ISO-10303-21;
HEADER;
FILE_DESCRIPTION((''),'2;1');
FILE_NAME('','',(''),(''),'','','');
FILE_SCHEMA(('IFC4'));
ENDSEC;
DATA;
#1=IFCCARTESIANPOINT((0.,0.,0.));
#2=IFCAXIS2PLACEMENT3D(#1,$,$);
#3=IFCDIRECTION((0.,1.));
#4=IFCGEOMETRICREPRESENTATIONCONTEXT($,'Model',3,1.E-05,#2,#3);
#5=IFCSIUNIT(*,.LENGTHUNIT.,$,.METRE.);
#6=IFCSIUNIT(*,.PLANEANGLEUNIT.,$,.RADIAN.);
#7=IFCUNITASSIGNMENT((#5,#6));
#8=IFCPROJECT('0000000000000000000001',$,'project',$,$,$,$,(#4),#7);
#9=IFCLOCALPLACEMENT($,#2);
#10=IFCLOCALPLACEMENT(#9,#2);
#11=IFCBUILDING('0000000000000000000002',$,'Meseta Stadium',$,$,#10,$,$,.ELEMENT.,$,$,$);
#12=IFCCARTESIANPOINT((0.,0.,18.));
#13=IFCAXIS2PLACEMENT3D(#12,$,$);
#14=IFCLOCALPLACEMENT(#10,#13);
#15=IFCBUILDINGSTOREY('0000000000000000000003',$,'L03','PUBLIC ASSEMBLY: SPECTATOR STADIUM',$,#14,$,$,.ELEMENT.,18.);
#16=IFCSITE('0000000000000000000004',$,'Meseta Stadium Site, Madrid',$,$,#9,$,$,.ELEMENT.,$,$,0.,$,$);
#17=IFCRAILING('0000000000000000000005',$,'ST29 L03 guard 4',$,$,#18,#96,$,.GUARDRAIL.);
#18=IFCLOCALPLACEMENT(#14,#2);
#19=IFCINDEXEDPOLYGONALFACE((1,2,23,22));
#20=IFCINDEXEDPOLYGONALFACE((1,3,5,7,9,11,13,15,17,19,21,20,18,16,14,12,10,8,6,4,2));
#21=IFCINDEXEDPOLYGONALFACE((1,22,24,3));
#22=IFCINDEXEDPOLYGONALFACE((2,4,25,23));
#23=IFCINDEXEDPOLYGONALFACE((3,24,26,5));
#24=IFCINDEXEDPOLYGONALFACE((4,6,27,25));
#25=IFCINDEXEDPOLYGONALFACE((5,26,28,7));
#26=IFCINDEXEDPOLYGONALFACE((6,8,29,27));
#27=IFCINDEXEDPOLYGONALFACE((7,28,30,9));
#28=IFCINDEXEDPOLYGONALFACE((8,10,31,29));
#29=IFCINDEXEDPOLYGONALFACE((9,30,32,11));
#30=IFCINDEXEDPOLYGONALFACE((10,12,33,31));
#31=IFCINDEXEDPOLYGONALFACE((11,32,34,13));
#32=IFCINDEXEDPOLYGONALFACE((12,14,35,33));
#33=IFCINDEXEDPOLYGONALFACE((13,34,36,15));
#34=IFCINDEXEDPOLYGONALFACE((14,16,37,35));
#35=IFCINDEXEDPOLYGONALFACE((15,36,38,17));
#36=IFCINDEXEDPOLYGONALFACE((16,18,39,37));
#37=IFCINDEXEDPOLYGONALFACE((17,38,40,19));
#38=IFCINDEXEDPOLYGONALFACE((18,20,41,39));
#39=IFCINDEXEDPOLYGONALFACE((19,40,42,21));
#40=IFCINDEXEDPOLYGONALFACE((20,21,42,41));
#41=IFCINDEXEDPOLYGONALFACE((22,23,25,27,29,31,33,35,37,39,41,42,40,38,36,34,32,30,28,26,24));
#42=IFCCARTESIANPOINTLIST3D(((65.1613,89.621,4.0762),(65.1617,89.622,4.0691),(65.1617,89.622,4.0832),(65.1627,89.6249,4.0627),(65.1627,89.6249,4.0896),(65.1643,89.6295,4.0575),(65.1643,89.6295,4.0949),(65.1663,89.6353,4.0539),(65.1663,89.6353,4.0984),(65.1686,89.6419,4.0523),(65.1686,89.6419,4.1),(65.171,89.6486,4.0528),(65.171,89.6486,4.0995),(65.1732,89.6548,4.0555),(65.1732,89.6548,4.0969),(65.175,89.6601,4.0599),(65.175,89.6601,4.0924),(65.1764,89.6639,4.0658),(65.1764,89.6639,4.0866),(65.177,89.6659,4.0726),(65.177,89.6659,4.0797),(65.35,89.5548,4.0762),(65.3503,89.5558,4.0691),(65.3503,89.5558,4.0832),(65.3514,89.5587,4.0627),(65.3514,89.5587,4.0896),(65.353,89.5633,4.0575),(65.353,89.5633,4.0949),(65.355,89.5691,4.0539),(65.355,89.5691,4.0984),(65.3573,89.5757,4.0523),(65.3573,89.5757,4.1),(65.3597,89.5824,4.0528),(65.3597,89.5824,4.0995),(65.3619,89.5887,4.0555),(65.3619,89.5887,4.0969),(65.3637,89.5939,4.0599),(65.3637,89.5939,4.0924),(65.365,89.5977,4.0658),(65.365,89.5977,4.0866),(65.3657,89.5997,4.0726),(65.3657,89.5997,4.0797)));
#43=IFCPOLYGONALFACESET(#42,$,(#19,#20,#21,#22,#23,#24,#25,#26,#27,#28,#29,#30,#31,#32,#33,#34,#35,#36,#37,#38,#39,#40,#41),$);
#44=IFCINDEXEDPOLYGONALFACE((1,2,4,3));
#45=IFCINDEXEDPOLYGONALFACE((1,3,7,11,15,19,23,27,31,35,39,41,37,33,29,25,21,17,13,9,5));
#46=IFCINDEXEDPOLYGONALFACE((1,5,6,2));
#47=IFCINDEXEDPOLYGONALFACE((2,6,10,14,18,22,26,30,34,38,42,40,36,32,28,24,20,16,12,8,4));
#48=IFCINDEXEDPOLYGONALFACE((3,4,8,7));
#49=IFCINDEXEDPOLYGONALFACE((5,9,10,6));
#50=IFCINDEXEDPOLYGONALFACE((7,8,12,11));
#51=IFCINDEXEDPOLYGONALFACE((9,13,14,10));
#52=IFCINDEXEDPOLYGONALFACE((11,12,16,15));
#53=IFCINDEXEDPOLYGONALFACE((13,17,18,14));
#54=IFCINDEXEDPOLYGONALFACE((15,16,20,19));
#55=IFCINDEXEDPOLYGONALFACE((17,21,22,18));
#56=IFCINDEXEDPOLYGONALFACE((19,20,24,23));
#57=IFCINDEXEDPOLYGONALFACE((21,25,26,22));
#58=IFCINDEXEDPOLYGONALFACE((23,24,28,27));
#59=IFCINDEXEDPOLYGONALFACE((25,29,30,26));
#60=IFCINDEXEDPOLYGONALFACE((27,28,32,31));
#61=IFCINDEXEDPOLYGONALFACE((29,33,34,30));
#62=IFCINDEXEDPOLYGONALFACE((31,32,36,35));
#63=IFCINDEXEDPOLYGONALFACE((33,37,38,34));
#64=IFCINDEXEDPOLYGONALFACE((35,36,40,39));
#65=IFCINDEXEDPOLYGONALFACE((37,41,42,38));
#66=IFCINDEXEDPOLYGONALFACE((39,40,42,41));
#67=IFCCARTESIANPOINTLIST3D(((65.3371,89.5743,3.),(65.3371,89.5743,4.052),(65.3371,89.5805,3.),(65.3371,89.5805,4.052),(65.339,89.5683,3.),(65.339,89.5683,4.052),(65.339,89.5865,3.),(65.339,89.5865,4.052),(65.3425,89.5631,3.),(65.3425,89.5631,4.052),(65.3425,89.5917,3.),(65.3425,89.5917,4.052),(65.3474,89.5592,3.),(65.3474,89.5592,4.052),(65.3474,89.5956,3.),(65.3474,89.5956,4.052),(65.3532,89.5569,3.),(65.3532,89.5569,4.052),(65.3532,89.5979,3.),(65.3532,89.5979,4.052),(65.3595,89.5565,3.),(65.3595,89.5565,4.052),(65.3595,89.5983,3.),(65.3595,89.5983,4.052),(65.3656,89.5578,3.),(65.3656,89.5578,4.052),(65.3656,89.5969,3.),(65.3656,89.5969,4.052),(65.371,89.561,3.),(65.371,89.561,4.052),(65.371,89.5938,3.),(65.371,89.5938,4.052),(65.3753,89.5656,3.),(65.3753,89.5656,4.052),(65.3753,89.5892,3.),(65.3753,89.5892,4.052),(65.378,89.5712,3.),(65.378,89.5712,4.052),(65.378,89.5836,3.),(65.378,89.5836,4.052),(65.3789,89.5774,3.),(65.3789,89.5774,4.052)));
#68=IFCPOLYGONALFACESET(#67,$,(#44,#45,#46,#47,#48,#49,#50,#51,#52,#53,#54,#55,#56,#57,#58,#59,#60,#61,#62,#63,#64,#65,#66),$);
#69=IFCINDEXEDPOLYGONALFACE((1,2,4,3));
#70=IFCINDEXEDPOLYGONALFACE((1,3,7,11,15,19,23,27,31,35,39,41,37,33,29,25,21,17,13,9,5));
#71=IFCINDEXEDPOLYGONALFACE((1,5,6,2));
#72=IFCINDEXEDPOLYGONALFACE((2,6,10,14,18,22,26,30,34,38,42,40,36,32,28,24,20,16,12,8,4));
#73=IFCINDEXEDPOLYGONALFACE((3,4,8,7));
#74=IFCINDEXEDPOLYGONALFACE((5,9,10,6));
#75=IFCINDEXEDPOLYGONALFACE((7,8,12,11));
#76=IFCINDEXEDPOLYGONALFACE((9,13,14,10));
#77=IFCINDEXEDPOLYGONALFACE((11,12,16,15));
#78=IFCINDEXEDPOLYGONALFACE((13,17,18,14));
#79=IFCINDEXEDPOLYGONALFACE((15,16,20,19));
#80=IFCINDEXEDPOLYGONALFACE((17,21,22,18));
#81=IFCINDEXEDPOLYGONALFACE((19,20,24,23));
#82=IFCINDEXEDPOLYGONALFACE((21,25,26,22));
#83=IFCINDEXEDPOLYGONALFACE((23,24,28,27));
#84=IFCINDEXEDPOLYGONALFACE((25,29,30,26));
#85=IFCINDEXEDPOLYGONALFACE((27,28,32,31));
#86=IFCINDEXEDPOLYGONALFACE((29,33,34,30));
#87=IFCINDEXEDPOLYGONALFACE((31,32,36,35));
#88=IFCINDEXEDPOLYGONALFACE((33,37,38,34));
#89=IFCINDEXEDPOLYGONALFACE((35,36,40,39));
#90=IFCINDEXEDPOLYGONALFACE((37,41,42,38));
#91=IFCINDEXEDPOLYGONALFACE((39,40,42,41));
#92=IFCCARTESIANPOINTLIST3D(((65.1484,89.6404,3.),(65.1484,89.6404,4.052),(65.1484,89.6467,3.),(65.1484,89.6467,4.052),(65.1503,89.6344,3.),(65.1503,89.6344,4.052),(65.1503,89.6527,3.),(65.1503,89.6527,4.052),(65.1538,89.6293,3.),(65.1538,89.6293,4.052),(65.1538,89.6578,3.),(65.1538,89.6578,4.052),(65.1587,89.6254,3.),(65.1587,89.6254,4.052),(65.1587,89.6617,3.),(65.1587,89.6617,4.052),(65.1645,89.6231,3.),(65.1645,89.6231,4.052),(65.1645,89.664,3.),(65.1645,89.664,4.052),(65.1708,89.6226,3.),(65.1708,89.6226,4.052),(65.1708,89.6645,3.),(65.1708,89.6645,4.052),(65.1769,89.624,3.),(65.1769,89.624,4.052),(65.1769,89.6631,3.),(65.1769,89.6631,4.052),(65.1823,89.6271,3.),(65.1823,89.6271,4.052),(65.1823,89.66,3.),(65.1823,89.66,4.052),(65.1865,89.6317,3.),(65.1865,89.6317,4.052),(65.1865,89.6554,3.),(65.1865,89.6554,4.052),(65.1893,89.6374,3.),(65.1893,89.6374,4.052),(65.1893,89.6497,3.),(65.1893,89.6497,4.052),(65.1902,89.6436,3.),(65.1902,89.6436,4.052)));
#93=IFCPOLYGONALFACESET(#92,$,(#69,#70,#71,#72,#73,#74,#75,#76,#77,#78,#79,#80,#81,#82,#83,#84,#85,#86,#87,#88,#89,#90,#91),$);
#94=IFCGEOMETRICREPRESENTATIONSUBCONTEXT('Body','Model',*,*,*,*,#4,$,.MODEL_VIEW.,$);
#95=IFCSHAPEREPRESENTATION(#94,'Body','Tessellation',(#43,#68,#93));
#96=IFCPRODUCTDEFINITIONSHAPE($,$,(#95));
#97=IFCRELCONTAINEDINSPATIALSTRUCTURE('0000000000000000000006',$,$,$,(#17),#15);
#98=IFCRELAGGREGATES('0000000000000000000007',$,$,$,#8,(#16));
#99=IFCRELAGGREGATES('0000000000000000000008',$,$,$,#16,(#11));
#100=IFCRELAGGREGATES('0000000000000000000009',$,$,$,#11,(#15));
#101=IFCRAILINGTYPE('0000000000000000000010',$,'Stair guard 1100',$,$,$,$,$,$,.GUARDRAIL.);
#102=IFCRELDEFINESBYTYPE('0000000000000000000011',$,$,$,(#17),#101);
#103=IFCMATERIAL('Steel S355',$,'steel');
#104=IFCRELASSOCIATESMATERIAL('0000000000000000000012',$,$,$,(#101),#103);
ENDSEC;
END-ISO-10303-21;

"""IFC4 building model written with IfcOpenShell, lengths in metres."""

from ifc_helpers import new_model, si_unit, direction, frame, origin, origin_2d, place, context, subcontext, project, spatial, circle, extrude, material, type_object, element, save


model = new_model("IFC4")

# Units and contexts
model_context = context("Model", 3, precision=1e-05, world=origin(), true_north=direction((0.0, 1.0)))
body_context = subcontext(model_context, "Body", "Model", "MODEL_VIEW")
ifc_project = project(units=[si_unit("LENGTHUNIT", "METRE"), si_unit("PLANEANGLEUNIT", "RADIAN")], contexts=[model_context])

# Site, building, storey
site_placement = place(None, origin())
site = spatial("IfcSite", under=ifc_project, at=site_placement, Name="Meseta Stadium Site, Madrid", CompositionType="ELEMENT", RefElevation=0.0)
building_placement = place(site_placement, origin())
building = spatial("IfcBuilding", under=site, at=building_placement, Name="Meseta Stadium", CompositionType="ELEMENT")
storey_placement = place(building_placement, frame((0.0, 0.0, 18.0)))
storey = spatial("IfcBuildingStorey", under=building, at=storey_placement, Name="L03", Description="PUBLIC ASSEMBLY: SPECTATOR STADIUM", CompositionType="ELEMENT", Elevation=18.0)

# Railing
ifc_material_1 = material(Name="Steel S355", Category="steel")
railing_type_1 = type_object("IfcRailingType", Name="Stair guard 1100", PredefinedType="GUARDRAIL", material=ifc_material_1)
railing_1_placement = place(storey_placement, frame((65.3579, 89.5774, 3.0)))
element("IfcRailing", 1, at=railing_1_placement, inside=storey, type_object=railing_type_1, Name="ST29 L03 guard 4", PredefinedType="GUARDRAIL", context=body_context, shape_type="SweptSolid", body=[
    extrude(circle(Radius=0.0239, at=origin_2d()), frame((0.0, 0.0, 1.0762), z_axis=(-0.943687, 0.33084, 0.0), x_axis=(-0.33084, -0.943687, 0.0)), (0.0, 0.0, 1.0), 0.2),
    extrude(circle(Radius=0.021, at=origin_2d()), origin(), (0.0, 0.0, 1.0), 1.052),
    extrude(circle(Radius=0.021, at=origin_2d()), frame((-0.1887, 0.0662, 0.0)), (0.0, 0.0, 1.0), 1.052),
])

save(model, "model.ifc")
